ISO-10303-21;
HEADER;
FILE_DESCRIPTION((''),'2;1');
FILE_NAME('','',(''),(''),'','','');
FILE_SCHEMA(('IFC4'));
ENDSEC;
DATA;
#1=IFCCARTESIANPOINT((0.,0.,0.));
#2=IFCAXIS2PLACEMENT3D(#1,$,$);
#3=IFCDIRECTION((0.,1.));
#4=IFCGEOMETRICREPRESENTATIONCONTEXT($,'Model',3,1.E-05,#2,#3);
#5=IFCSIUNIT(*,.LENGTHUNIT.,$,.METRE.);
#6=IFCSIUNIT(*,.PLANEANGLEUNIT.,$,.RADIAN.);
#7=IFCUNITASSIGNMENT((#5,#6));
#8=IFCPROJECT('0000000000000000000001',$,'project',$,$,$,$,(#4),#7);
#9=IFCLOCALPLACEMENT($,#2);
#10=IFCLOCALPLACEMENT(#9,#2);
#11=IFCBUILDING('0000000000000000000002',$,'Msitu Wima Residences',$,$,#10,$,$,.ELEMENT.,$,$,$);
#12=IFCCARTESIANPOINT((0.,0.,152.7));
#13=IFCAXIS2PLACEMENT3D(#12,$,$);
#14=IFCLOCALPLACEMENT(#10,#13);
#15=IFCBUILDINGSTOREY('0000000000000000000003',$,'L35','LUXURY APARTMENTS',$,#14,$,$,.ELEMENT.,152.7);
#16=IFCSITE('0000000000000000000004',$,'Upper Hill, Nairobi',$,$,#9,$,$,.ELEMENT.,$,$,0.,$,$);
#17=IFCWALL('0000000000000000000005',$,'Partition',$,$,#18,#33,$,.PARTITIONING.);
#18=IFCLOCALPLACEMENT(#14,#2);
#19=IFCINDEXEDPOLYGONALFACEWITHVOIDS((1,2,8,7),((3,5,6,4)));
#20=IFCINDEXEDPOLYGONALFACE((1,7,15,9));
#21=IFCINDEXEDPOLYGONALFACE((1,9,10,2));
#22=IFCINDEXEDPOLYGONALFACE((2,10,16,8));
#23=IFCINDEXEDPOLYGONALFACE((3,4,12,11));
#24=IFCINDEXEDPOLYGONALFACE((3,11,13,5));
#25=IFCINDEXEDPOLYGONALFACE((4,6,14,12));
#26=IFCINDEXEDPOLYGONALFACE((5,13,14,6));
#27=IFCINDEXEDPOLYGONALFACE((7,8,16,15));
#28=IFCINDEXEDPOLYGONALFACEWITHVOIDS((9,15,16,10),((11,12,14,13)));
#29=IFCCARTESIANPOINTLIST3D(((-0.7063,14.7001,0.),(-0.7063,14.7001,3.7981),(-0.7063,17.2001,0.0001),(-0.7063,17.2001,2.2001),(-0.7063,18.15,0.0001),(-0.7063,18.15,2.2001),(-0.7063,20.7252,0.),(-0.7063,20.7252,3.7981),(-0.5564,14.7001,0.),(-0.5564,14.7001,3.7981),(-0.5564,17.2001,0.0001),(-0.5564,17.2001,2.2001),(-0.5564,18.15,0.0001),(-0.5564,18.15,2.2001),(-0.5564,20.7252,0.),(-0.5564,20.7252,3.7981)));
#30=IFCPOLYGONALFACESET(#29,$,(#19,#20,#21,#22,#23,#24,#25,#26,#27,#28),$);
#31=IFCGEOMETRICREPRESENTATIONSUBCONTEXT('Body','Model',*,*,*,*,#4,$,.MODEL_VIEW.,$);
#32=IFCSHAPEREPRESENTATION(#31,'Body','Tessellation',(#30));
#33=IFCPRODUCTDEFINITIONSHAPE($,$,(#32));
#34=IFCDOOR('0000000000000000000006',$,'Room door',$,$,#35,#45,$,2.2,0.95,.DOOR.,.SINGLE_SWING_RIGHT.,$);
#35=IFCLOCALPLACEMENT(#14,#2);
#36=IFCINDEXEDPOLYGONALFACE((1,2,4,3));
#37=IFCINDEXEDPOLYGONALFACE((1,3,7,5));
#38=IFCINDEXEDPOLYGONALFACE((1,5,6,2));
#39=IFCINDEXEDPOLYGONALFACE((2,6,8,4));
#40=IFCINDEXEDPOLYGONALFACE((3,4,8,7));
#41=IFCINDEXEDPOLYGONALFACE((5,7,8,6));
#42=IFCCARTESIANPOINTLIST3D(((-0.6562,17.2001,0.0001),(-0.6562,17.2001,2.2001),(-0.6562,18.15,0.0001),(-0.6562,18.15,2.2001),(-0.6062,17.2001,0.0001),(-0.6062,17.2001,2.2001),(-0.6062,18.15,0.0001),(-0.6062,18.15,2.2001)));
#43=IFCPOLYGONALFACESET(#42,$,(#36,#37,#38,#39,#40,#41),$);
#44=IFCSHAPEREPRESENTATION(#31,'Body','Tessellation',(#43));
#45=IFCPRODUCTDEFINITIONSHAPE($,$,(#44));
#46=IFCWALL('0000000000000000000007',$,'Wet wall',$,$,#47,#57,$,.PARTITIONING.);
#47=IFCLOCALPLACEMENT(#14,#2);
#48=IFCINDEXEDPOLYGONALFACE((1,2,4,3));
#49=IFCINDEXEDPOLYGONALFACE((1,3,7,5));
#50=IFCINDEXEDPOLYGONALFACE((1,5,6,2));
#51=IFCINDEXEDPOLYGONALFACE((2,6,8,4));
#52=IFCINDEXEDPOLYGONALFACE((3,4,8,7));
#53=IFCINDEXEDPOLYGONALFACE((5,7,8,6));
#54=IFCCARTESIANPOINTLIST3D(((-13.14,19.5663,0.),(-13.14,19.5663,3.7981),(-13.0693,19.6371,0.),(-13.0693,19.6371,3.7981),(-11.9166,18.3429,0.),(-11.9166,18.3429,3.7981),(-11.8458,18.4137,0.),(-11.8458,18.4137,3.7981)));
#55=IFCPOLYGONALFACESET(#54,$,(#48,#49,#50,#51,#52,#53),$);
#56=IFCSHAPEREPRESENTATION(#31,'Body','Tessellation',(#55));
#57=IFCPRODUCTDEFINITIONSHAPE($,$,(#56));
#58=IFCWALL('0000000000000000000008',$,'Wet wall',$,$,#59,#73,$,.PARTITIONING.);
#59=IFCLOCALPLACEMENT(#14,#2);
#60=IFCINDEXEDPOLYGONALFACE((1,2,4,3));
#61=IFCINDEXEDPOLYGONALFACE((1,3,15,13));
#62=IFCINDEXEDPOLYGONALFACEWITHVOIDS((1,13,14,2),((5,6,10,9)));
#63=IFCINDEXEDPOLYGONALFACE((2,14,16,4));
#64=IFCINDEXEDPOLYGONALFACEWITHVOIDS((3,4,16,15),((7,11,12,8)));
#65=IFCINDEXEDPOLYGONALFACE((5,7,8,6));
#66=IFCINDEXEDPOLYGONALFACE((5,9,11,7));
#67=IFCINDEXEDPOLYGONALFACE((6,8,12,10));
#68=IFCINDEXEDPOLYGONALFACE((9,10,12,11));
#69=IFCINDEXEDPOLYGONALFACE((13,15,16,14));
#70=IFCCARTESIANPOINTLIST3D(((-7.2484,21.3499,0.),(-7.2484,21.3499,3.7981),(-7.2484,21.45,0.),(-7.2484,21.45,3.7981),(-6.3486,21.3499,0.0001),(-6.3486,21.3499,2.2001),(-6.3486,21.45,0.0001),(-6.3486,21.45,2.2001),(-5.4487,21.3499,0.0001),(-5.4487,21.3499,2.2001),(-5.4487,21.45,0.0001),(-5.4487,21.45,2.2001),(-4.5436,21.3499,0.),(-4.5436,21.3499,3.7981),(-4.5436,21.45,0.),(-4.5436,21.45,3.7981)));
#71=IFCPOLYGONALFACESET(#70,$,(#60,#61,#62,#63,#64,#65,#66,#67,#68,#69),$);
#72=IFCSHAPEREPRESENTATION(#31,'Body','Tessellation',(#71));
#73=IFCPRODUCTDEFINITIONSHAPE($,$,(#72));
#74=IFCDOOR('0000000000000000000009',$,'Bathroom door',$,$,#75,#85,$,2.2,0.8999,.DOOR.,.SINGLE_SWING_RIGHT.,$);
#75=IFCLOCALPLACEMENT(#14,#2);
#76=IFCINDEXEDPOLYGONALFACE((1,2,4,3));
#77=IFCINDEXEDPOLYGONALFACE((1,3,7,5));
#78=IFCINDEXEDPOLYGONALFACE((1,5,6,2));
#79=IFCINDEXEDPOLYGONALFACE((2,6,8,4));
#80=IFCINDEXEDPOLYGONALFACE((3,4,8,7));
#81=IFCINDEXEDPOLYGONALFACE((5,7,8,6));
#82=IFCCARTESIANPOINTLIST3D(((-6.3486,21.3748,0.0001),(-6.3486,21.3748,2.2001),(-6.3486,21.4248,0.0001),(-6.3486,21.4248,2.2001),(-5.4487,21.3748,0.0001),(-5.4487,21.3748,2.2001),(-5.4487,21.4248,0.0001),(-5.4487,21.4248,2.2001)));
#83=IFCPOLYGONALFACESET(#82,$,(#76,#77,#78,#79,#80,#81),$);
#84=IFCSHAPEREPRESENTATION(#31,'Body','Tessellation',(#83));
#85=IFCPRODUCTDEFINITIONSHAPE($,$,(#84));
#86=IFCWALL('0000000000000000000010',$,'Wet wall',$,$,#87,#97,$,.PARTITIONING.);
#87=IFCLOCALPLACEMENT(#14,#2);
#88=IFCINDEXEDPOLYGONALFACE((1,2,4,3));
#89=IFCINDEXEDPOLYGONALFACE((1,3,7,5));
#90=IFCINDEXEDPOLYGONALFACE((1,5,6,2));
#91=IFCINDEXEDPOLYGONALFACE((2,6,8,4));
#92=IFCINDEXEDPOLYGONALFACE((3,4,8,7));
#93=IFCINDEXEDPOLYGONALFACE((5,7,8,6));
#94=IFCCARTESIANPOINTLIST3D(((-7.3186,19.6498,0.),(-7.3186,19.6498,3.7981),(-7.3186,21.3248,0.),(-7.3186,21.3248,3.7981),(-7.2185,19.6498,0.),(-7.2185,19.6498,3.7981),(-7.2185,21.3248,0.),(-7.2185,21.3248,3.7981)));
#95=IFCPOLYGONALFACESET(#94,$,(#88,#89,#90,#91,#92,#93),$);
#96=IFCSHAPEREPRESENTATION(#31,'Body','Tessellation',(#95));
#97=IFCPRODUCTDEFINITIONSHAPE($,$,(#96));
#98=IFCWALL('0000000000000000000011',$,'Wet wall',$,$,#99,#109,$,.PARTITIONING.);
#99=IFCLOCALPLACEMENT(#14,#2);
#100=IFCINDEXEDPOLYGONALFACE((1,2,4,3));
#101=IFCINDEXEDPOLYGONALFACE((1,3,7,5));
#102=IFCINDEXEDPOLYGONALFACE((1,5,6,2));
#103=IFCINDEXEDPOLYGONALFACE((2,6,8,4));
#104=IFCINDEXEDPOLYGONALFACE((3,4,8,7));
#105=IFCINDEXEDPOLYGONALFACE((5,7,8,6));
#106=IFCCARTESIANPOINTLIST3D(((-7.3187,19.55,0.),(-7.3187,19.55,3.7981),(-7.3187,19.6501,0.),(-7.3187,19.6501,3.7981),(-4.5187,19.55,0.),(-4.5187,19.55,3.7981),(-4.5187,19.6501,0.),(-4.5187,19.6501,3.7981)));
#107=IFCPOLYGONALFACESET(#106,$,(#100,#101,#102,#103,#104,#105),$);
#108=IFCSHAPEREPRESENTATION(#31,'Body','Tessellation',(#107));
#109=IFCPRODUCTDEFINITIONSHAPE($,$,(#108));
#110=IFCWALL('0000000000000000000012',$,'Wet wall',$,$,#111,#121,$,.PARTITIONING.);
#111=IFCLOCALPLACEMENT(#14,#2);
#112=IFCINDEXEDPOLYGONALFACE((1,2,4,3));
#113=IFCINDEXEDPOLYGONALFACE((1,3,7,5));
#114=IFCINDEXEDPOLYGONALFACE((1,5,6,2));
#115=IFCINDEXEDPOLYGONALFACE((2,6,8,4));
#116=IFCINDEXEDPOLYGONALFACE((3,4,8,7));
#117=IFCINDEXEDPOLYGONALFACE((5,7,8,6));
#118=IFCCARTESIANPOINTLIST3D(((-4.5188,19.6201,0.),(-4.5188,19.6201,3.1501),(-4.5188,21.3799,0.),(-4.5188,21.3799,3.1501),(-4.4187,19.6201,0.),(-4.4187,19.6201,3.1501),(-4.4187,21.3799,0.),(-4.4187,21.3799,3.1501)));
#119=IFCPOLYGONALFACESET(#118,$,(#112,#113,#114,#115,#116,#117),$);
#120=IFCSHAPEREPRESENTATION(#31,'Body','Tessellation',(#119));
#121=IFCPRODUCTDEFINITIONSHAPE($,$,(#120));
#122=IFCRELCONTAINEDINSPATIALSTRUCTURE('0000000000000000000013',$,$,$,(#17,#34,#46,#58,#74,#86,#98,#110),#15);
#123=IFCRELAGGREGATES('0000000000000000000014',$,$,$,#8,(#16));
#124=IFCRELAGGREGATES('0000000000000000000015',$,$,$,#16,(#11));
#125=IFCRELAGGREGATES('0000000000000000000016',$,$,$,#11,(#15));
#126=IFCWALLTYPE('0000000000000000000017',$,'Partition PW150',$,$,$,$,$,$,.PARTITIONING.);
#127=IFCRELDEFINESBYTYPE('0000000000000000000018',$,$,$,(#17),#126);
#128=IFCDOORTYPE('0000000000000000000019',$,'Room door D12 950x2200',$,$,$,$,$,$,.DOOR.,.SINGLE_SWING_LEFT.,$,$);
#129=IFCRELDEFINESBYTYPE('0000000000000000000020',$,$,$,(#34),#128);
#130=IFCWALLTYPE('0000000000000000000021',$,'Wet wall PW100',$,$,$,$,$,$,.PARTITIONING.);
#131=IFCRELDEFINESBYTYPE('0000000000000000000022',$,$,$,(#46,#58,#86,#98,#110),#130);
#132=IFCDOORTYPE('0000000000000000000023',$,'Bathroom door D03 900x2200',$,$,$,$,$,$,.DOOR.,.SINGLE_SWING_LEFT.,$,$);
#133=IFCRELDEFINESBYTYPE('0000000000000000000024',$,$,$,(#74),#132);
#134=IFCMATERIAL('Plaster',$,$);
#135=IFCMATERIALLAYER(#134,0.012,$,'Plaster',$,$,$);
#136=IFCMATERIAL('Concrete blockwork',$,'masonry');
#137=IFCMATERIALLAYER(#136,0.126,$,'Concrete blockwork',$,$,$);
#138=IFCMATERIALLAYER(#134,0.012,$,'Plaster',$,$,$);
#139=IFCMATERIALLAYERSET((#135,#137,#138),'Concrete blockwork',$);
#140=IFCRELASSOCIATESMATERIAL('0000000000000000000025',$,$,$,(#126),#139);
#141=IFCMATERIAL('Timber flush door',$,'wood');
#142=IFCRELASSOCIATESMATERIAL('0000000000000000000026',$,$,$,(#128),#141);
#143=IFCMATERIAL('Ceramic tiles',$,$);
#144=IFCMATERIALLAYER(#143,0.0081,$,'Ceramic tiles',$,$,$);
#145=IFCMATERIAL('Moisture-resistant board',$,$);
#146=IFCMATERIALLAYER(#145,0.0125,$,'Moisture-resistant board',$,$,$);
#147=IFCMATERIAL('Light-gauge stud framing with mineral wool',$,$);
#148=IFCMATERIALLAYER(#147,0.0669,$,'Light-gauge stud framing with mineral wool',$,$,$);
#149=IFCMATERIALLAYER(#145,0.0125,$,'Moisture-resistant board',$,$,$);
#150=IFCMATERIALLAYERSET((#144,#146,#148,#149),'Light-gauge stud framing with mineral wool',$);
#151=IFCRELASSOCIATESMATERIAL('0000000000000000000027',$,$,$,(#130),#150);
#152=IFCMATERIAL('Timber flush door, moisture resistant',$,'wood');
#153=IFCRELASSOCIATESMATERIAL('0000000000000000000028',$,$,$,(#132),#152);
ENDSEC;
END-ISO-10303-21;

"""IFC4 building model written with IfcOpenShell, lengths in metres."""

from ifc_helpers import new_model, si_unit, direction, frame, frame_2d, origin, place, context, subcontext, project, spatial, rectangle, extrude, material, layer, layer_set, type_object, element, fill, save


model = new_model("IFC4")

# Units and contexts
model_context = context("Model", 3, precision=1e-05, world=origin(), true_north=direction((0.0, 1.0)))
body_context = subcontext(model_context, "Body", "Model", "MODEL_VIEW")
ifc_project = project(units=[si_unit("LENGTHUNIT", "METRE"), si_unit("PLANEANGLEUNIT", "RADIAN")], contexts=[model_context])

# Site, building, storey
site_placement = place(None, origin())
site = spatial("IfcSite", under=ifc_project, at=site_placement, Name="Upper Hill, Nairobi", CompositionType="ELEMENT", RefElevation=0.0)
building_placement = place(site_placement, origin())
building = spatial("IfcBuilding", under=site, at=building_placement, Name="Msitu Wima Residences", CompositionType="ELEMENT")
storey_placement = place(building_placement, frame((0.0, 0.0, 152.7)))
storey = spatial("IfcBuildingStorey", under=building, at=storey_placement, Name="L35", Description="LUXURY APARTMENTS", CompositionType="ELEMENT", Elevation=152.7)

# Shared definitions
ifc_material_1 = material(Name="Plaster")
ifc_layer_1 = layer(ifc_material_1, 0.012, Name="Plaster")
ifc_material_2 = material(Name="Concrete blockwork", Category="masonry")
ifc_layer_2 = layer(ifc_material_2, 0.126, Name="Concrete blockwork")
ifc_layer_3 = layer(ifc_material_1, 0.012, Name="Plaster")
ifc_layer_set_1 = layer_set([ifc_layer_1, ifc_layer_2, ifc_layer_3], Name="Concrete blockwork")
wall_type_1 = type_object("IfcWallType", Name="Partition PW150", PredefinedType="PARTITIONING", material=ifc_layer_set_1)
ifc_material_3 = material(Name="Timber flush door", Category="wood")
door_type_1 = type_object("IfcDoorType", Name="Room door D12 950x2200", OperationType="SINGLE_SWING_LEFT", PredefinedType="DOOR", material=ifc_material_3)

# Wall, opening, door
wall_1_placement = place(storey_placement, frame((-0.6313, 14.7, 0.0), z_axis=(0.0, 0.0, 1.0), x_axis=(0.0, 1.0, 0.0)))
wall_1 = element("IfcWall", 1, at=wall_1_placement, inside=storey, type_object=wall_type_1, Name="Partition", PredefinedType="PARTITIONING", context=body_context, shape_type="SweptSolid", body=[
    extrude(rectangle(XDim=6.0251, YDim=0.1499, at=frame_2d((3.0127, 0.0))), origin(), (0.0, 0.0, 1.0), 3.7981),
])
opening_1_placement = place(wall_1_placement, frame((2.5, 0.0, 0.0)))
opening_1 = element("IfcOpeningElement", 2, at=opening_1_placement, cuts=wall_1, PredefinedType="OPENING", context=body_context, shape_type="SweptSolid", body=[
    extrude(rectangle(XDim=0.95, YDim=2.2, at=frame_2d((0.4751, 1.1001))), frame((0.0, 0.085, 0.0), z_axis=(0.0, -1.0, 0.0), x_axis=(1.0, 0.0, 0.0)), (0.0, 0.0, 1.0), 0.1699),
])
door_1_placement = place(opening_1_placement, origin())
door_1 = element("IfcDoor", 3, at=door_1_placement, inside=storey, type_object=door_type_1, Name="Room door", OperationType="SINGLE_SWING_RIGHT", OverallHeight=2.2, OverallWidth=0.95, PredefinedType="DOOR", context=body_context, shape_type="SweptSolid", body=[
    extrude(rectangle(XDim=0.95, YDim=2.2, at=frame_2d((0.4751, 1.1001))), frame((0.0, 0.0249, 0.0), z_axis=(0.0, -1.0, 0.0), x_axis=(1.0, 0.0, 0.0)), (0.0, 0.0, 1.0), 0.05),
])
fill(opening_1, door_1)

# Wall
ifc_material_4 = material(Name="Ceramic tiles")
ifc_layer_4 = layer(ifc_material_4, 0.0081, Name="Ceramic tiles")
ifc_material_5 = material(Name="Moisture-resistant board")
ifc_layer_5 = layer(ifc_material_5, 0.0125, Name="Moisture-resistant board")
ifc_material_6 = material(Name="Light-gauge stud framing with mineral wool")
ifc_layer_6 = layer(ifc_material_6, 0.0669, Name="Light-gauge stud framing with mineral wool")
ifc_layer_7 = layer(ifc_material_5, 0.0125, Name="Moisture-resistant board")
ifc_layer_set_2 = layer_set([ifc_layer_4, ifc_layer_5, ifc_layer_6, ifc_layer_7], Name="Light-gauge stud framing with mineral wool")
wall_type_2 = type_object("IfcWallType", Name="Wet wall PW100", PredefinedType="PARTITIONING", material=ifc_layer_set_2)
wall_2_placement = place(storey_placement, frame((-13.1047, 19.6018, 0.0), z_axis=(0.0, 0.0, 1.0), x_axis=(0.707107, -0.707107, 0.0)))
element("IfcWall", 4, at=wall_2_placement, inside=storey, type_object=wall_type_2, Name="Wet wall", PredefinedType="PARTITIONING", context=body_context, shape_type="SweptSolid", body=[
    extrude(rectangle(XDim=1.7302, YDim=0.1001, at=frame_2d((0.8652, 0.0))), origin(), (0.0, 0.0, 1.0), 3.7981),
])

# Wall, opening, door
wall_3_placement = place(storey_placement, frame((-7.2485, 21.3999, 0.0), z_axis=(0.0, 0.0, 1.0), x_axis=(1.0, 0.0, 0.0)))
wall_3 = element("IfcWall", 5, at=wall_3_placement, inside=storey, type_object=wall_type_2, Name="Wet wall", PredefinedType="PARTITIONING", context=body_context, shape_type="SweptSolid", body=[
    extrude(rectangle(XDim=2.7048, YDim=0.1001, at=frame_2d((1.3525, 0.0))), origin(), (0.0, 0.0, 1.0), 3.7981),
])
opening_2_placement = place(wall_3_placement, frame((0.8999, 0.0, 0.0)))
opening_2 = element("IfcOpeningElement", 6, at=opening_2_placement, cuts=wall_3, PredefinedType="OPENING", context=body_context, shape_type="SweptSolid", body=[
    extrude(rectangle(XDim=0.8999, YDim=2.2, at=frame_2d((0.45, 1.1001))), frame((0.0, 0.0601, 0.0), z_axis=(0.0, -1.0, 0.0), x_axis=(1.0, 0.0, 0.0)), (0.0, 0.0, 1.0), 0.1201),
])
ifc_material_7 = material(Name="Timber flush door, moisture resistant", Category="wood")
door_type_2 = type_object("IfcDoorType", Name="Bathroom door D03 900x2200", OperationType="SINGLE_SWING_LEFT", PredefinedType="DOOR", material=ifc_material_7)
door_2_placement = place(opening_2_placement, origin())
door_2 = element("IfcDoor", 7, at=door_2_placement, inside=storey, type_object=door_type_2, Name="Bathroom door", OperationType="SINGLE_SWING_RIGHT", OverallHeight=2.2, OverallWidth=0.8999, PredefinedType="DOOR", context=body_context, shape_type="SweptSolid", body=[
    extrude(rectangle(XDim=0.8999, YDim=2.2, at=frame_2d((0.45, 1.1001))), frame((0.0, 0.0249, 0.0), z_axis=(0.0, -1.0, 0.0), x_axis=(1.0, 0.0, 0.0)), (0.0, 0.0, 1.0), 0.05),
])
fill(opening_2, door_2)

# Walls
wall_4_placement = place(storey_placement, frame((-7.2686, 19.6499, 0.0), z_axis=(0.0, 0.0, 1.0), x_axis=(0.0, 1.0, 0.0)))
element("IfcWall", 8, at=wall_4_placement, inside=storey, type_object=wall_type_2, Name="Wet wall", PredefinedType="PARTITIONING", context=body_context, shape_type="SweptSolid", body=[
    extrude(rectangle(XDim=1.675, YDim=0.1001, at=frame_2d((0.8374, 0.0))), origin(), (0.0, 0.0, 1.0), 3.7981),
])
wall_5_placement = place(storey_placement, frame((-7.3186, 19.6001, 0.0), z_axis=(0.0, 0.0, 1.0), x_axis=(1.0, 0.0, 0.0)))
element("IfcWall", 9, at=wall_5_placement, inside=storey, type_object=wall_type_2, Name="Wet wall", PredefinedType="PARTITIONING", context=body_context, shape_type="SweptSolid", body=[
    extrude(rectangle(XDim=2.8, YDim=0.1001, at=frame_2d((1.3999, 0.0))), origin(), (0.0, 0.0, 1.0), 3.7981),
])
wall_6_placement = place(storey_placement, frame((-4.4688, 19.6201, 0.0), z_axis=(0.0, 0.0, 1.0), x_axis=(0.0, 1.0, 0.0)))
element("IfcWall", 10, at=wall_6_placement, inside=storey, type_object=wall_type_2, Name="Wet wall", PredefinedType="PARTITIONING", context=body_context, shape_type="SweptSolid", body=[
    extrude(rectangle(XDim=1.7598, YDim=0.1001, at=frame_2d((0.8799, 0.0))), origin(), (0.0, 0.0, 1.0), 3.1501),
])

save(model, "model.ifc")
